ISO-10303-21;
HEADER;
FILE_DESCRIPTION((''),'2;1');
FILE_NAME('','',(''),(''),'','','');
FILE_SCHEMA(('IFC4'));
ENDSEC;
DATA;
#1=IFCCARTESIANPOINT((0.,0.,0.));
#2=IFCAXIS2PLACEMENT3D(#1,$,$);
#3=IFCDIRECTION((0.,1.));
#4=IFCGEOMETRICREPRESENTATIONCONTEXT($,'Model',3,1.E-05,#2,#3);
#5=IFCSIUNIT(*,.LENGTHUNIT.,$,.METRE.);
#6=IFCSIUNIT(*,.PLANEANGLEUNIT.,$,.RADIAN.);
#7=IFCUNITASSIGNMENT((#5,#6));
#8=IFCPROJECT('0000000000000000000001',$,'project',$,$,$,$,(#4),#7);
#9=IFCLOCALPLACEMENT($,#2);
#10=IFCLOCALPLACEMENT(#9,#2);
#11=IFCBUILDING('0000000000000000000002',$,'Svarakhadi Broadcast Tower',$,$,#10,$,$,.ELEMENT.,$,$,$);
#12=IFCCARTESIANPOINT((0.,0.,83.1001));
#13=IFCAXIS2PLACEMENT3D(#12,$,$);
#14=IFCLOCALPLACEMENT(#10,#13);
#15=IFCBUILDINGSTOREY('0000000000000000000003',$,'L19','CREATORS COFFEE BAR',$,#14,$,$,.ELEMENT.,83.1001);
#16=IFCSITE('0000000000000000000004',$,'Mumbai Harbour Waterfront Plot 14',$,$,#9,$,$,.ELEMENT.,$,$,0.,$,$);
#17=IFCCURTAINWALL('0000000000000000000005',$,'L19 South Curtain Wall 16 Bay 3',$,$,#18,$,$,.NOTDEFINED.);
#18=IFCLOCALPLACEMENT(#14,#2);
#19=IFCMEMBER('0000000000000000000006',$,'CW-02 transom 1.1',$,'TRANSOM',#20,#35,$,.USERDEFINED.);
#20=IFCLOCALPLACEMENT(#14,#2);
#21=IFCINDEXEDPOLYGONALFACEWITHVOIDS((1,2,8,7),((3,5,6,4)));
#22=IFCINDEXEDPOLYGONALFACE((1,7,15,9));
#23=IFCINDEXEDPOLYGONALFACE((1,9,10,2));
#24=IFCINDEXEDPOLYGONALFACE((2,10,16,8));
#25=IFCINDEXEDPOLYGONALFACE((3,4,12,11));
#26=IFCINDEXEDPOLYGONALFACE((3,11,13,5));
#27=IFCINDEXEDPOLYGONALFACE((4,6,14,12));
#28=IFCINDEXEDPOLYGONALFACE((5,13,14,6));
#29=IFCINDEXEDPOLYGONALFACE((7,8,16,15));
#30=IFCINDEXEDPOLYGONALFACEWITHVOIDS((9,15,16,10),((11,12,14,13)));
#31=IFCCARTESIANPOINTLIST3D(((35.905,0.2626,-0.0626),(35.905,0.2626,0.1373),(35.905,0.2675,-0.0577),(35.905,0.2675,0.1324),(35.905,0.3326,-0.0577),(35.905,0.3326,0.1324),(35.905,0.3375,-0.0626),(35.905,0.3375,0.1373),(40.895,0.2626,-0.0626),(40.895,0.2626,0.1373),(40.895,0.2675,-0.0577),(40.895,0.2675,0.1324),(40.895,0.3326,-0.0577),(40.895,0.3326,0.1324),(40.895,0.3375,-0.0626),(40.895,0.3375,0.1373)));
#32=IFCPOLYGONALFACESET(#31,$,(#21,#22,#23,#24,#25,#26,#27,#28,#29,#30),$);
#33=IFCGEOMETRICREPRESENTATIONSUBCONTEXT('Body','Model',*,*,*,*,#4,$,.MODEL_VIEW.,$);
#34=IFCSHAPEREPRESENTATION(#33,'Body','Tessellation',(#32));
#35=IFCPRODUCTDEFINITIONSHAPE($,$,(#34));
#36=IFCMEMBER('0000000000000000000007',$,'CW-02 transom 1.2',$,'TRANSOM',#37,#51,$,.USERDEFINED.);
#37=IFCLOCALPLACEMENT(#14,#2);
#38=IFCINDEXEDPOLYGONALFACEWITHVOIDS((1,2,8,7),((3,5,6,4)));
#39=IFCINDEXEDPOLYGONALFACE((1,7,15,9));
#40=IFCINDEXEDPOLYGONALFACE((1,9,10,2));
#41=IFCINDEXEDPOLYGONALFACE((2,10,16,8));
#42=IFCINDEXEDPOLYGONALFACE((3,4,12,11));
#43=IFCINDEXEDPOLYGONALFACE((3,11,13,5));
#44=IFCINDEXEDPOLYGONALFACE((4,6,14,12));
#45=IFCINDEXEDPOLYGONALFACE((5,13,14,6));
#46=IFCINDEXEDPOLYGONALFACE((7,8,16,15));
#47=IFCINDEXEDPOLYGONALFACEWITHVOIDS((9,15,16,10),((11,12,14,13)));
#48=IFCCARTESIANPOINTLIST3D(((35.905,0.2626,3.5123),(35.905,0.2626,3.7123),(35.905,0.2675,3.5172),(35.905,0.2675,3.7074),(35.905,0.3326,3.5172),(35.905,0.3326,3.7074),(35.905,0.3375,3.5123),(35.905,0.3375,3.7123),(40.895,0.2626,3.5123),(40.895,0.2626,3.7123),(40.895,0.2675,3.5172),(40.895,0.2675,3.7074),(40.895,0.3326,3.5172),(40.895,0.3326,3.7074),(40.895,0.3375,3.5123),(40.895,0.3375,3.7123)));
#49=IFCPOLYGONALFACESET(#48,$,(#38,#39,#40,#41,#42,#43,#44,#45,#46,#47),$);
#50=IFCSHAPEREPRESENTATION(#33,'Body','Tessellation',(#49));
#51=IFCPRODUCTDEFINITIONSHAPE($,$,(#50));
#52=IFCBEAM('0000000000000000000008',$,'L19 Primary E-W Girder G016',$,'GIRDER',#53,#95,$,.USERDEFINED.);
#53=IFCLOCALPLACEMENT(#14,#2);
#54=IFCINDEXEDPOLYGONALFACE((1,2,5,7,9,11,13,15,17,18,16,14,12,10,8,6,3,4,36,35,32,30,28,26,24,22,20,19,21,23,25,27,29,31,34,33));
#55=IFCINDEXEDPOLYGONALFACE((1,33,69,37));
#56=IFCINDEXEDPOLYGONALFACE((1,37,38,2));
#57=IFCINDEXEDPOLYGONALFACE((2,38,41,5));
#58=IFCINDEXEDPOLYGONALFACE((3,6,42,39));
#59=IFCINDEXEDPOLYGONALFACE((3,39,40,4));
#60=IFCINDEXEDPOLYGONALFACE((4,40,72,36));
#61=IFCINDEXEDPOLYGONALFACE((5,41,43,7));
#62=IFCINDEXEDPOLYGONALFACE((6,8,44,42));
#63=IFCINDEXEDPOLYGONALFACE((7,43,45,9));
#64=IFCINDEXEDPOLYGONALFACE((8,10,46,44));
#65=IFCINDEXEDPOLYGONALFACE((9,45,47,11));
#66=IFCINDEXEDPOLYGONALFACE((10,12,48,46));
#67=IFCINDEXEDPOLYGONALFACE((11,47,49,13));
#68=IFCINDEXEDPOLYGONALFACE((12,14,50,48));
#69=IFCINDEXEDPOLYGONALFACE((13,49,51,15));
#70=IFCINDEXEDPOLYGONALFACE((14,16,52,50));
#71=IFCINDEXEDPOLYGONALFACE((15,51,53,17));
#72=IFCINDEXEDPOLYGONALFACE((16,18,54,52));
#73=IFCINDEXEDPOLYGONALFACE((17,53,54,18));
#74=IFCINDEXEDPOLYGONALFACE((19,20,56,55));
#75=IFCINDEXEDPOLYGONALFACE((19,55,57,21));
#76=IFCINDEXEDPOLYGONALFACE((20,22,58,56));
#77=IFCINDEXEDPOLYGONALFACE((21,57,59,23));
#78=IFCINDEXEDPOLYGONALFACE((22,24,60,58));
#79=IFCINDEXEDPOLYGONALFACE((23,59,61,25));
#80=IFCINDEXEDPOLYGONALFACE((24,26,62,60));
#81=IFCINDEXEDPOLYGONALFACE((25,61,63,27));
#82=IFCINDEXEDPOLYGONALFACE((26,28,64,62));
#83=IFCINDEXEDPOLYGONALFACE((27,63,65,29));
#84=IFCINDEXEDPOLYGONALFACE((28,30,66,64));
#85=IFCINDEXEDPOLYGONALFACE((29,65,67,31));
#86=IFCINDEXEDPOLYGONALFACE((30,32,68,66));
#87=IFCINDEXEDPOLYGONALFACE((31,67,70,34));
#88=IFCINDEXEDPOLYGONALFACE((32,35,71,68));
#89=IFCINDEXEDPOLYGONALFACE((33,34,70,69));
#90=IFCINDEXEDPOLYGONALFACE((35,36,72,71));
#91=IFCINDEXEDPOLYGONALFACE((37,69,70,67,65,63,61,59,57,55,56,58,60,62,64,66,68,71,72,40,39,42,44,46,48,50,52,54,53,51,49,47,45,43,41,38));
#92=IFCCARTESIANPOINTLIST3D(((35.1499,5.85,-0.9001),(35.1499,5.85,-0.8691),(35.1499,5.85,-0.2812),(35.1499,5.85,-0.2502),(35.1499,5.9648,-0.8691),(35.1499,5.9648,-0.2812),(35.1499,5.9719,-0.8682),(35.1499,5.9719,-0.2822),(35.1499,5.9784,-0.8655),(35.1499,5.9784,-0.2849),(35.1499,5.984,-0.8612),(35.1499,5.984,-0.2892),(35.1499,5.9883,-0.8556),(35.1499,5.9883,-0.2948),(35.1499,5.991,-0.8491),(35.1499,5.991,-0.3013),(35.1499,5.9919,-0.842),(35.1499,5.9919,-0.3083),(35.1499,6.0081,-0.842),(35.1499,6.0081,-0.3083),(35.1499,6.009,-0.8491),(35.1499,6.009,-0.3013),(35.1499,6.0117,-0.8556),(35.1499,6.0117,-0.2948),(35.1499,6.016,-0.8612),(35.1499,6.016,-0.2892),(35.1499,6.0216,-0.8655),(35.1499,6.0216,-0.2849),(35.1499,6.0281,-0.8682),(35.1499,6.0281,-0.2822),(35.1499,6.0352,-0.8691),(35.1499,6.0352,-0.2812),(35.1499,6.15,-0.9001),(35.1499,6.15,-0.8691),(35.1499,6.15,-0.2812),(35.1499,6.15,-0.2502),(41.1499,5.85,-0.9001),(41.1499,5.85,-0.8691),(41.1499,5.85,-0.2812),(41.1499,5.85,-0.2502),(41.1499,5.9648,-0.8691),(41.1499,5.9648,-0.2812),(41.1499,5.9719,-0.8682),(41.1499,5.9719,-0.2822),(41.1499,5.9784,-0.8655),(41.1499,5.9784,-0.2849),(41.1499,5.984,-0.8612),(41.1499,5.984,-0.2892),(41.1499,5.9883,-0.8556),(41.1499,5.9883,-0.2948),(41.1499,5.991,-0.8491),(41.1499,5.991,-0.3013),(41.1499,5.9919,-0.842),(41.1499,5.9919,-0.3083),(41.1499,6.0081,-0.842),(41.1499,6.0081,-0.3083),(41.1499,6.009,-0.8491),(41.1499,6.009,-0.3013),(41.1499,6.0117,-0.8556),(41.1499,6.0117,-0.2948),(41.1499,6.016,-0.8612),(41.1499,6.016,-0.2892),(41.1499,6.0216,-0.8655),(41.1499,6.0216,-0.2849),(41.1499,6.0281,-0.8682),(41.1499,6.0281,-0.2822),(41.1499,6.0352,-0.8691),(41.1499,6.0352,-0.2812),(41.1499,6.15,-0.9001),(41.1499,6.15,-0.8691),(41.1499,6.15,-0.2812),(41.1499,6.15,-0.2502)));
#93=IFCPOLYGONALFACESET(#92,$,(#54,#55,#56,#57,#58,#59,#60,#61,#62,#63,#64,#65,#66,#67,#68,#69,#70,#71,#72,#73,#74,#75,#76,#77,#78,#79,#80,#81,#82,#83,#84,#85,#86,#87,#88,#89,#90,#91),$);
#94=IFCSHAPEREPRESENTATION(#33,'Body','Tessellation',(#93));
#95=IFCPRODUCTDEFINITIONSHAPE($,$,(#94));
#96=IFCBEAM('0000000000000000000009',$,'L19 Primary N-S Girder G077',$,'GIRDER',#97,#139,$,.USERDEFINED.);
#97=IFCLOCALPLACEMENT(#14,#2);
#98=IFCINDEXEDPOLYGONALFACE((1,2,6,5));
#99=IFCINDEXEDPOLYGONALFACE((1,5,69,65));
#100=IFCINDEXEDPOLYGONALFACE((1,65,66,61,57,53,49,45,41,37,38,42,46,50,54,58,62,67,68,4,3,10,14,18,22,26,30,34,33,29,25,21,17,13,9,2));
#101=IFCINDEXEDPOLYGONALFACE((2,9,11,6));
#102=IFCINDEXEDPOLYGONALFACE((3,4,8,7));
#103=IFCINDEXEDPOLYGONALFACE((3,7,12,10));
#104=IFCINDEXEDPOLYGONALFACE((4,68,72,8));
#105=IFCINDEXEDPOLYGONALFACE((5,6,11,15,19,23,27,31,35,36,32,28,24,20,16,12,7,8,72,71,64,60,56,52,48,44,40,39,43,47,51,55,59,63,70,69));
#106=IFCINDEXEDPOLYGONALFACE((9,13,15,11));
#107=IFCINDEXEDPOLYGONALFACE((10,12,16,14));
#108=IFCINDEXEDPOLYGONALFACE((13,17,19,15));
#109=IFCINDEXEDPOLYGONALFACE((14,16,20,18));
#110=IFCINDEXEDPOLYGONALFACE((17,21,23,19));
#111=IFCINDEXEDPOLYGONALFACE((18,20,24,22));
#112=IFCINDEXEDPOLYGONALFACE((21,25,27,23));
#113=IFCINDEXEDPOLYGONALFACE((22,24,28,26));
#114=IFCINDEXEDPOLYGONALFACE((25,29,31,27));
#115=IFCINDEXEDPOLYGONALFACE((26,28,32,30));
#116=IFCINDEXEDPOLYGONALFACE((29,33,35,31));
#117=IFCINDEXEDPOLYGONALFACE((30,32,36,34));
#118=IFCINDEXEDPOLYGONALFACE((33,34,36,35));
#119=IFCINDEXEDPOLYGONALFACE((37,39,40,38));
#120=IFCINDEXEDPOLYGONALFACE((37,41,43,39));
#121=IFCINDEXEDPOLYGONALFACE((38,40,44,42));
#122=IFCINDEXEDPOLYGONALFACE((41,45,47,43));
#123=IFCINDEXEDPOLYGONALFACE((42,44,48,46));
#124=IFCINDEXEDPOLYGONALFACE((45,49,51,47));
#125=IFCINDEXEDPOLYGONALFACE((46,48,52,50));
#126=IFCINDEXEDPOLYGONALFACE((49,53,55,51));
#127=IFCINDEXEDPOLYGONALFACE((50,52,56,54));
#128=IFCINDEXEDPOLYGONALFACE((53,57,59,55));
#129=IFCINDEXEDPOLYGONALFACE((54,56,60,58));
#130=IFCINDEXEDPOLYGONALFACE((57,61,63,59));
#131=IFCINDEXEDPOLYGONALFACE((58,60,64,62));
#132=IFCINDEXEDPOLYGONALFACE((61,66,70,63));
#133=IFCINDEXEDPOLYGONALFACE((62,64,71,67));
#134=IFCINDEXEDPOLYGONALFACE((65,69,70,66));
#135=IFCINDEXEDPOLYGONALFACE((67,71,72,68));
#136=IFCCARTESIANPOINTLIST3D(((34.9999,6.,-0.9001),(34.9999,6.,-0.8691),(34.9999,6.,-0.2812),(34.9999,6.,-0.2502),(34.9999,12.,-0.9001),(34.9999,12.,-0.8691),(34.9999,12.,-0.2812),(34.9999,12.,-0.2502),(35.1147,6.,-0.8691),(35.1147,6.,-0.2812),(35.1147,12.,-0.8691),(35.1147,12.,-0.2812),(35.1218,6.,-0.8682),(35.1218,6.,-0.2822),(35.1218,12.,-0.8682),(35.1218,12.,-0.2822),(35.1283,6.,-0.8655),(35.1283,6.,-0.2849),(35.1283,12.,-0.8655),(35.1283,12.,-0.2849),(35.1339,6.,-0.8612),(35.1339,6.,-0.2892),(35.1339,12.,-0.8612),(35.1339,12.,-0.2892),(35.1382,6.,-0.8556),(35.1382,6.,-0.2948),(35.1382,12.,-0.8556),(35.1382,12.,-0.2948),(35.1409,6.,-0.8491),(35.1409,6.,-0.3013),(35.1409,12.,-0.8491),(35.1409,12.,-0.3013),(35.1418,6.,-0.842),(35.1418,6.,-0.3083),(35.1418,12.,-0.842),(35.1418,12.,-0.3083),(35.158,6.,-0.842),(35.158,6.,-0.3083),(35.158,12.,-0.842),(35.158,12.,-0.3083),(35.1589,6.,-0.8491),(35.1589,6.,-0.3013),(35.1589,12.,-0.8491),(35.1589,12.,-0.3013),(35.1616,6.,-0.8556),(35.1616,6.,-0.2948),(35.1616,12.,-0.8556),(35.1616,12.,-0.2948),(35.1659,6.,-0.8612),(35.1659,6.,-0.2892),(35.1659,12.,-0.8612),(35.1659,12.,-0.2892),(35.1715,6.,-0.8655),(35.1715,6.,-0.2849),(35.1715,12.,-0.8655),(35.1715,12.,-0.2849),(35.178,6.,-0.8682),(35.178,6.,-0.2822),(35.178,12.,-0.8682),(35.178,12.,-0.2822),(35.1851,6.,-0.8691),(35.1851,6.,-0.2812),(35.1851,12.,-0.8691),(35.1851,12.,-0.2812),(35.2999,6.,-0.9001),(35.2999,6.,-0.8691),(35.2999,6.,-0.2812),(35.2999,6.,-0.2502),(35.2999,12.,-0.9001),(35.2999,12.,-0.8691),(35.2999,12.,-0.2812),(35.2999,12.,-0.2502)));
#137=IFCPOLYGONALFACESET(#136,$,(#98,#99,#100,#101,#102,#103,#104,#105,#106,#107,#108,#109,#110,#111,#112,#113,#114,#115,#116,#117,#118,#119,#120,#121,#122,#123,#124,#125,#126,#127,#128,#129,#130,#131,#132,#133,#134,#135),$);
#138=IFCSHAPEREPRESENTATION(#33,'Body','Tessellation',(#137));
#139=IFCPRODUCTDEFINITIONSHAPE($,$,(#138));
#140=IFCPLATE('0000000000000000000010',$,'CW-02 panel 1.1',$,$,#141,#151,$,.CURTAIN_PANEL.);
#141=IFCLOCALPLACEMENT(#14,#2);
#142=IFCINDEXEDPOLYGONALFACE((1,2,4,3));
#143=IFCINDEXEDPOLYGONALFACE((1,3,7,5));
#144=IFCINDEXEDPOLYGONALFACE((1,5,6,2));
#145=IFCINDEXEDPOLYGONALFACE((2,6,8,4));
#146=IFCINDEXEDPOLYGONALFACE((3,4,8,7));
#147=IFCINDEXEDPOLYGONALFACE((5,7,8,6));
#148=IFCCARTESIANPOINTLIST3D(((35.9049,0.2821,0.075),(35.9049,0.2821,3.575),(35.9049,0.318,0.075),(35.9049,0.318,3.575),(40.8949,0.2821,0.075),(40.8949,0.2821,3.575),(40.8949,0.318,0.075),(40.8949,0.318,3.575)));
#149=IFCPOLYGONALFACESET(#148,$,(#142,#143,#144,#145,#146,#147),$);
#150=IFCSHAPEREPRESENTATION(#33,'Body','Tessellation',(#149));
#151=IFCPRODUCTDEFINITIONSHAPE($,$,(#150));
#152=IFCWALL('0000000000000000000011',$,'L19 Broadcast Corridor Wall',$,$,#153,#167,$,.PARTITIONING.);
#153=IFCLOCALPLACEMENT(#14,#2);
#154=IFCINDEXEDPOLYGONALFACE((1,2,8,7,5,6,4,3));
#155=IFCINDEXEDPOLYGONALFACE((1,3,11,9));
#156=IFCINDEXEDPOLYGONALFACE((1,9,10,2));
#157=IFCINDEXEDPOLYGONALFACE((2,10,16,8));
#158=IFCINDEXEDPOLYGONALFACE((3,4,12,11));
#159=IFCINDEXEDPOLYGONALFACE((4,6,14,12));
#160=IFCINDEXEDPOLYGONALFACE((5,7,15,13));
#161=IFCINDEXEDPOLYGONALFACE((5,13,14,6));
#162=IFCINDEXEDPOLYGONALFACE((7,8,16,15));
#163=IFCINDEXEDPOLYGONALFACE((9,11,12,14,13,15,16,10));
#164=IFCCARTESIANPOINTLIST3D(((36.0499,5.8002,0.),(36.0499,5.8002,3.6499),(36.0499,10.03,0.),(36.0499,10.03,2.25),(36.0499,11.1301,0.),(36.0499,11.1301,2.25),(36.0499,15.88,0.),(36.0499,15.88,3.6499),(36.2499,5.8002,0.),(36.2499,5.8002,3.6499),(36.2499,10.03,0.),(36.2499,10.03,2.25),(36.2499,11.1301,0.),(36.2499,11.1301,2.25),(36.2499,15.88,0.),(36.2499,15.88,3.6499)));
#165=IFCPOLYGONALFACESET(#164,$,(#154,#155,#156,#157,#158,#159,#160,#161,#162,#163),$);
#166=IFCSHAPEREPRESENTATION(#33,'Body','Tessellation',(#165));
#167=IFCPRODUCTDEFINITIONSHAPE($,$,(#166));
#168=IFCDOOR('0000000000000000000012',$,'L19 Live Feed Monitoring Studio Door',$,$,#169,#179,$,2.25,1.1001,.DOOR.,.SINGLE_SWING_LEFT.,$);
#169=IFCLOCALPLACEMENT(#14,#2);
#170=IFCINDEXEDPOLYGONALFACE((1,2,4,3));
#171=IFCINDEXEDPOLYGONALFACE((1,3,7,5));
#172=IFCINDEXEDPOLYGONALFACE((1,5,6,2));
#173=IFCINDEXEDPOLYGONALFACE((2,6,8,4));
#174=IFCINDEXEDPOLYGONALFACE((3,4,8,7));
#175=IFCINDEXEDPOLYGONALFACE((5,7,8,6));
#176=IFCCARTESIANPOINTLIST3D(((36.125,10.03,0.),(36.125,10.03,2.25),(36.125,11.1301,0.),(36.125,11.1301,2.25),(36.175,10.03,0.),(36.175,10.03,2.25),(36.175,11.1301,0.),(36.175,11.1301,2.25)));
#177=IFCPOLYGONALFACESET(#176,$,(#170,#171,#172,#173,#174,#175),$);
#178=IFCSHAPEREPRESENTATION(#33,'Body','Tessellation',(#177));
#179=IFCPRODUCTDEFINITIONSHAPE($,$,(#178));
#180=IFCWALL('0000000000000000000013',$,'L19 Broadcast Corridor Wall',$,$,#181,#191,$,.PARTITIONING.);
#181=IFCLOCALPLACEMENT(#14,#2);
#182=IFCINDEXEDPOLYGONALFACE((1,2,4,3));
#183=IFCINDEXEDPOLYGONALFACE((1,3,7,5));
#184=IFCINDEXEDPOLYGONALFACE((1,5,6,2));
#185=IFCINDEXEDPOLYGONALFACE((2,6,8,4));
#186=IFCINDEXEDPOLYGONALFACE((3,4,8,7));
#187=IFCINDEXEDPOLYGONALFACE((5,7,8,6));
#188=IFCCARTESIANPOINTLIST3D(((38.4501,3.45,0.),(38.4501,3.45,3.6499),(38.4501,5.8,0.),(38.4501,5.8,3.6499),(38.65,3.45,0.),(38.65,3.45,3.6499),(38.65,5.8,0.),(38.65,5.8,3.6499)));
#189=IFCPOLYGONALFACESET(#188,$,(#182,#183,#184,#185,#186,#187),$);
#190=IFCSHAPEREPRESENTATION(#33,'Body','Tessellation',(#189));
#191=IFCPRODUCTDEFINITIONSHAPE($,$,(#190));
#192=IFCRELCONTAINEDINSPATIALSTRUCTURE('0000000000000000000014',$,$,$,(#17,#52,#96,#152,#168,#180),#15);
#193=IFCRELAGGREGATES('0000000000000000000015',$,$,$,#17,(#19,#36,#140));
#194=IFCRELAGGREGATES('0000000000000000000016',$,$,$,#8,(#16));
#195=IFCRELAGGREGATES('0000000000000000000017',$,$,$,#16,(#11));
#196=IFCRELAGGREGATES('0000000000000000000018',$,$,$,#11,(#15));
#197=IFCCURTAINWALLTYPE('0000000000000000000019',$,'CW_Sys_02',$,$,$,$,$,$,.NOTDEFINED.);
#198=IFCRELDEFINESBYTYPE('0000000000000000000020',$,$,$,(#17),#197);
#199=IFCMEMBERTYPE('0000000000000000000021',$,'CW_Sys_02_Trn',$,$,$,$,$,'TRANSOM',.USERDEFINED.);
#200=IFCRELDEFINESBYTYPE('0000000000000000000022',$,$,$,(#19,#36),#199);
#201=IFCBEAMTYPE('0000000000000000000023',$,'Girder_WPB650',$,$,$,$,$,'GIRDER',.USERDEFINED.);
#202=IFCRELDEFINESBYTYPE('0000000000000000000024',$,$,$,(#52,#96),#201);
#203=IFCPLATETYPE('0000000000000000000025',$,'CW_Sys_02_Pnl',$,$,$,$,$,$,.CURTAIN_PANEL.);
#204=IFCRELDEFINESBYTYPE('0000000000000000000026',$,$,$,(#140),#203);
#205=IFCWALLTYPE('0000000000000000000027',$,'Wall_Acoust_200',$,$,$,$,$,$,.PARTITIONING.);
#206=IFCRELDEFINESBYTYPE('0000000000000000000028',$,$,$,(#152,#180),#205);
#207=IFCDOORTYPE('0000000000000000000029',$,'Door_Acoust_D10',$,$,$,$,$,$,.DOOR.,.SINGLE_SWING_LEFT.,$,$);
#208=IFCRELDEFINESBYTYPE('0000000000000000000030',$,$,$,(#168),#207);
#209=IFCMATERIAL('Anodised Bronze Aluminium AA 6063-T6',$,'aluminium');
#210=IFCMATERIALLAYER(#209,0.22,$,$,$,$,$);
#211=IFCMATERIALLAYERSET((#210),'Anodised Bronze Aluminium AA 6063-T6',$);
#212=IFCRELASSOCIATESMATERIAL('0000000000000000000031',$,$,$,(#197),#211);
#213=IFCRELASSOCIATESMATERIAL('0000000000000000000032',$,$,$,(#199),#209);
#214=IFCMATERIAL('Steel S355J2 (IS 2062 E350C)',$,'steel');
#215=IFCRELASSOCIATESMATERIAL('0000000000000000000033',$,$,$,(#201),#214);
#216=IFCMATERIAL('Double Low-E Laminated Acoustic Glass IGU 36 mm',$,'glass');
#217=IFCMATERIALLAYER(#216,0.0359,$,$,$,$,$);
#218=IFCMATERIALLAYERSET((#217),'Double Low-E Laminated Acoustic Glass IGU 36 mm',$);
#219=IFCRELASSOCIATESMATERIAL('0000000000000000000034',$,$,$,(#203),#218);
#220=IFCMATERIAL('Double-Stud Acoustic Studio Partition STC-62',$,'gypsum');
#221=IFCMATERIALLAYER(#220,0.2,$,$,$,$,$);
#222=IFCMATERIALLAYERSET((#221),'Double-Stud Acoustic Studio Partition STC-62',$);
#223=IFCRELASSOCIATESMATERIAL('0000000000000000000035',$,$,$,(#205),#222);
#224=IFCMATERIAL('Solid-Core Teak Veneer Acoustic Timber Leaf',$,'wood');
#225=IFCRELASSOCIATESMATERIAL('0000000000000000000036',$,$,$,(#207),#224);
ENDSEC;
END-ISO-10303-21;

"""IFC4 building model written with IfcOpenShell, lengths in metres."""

from ifc_helpers import new_model, si_unit, direction, frame, frame_2d, origin, origin_2d, place, context, subcontext, project, spatial, rectangle, hollow_rectangle, i_section, extrude, material, layer, layer_set, material_profile, profile_set, type_object, element, fill, aggregate, save


model = new_model("IFC4")

# Units and contexts
model_context = context("Model", 3, precision=1e-05, world=origin(), true_north=direction((0.0, 1.0)))
body_context = subcontext(model_context, "Body", "Model", "MODEL_VIEW")
ifc_project = project(units=[si_unit("LENGTHUNIT", "METRE"), si_unit("PLANEANGLEUNIT", "RADIAN")], contexts=[model_context])

# Site, building, storey
site_placement = place(None, origin())
site = spatial("IfcSite", under=ifc_project, at=site_placement, Name="Mumbai Harbour Waterfront Plot 14", CompositionType="ELEMENT", RefElevation=0.0)
building_placement = place(site_placement, origin())
building = spatial("IfcBuilding", under=site, at=building_placement, Name="Svarakhadi Broadcast Tower", CompositionType="ELEMENT")
storey_placement = place(building_placement, frame((0.0, 0.0, 83.1001)))
storey = spatial("IfcBuildingStorey", under=building, at=storey_placement, Name="L19", Description="CREATORS COFFEE BAR", CompositionType="ELEMENT", Elevation=83.1001)

# Shared definitions
ifc_material_1 = material(Name="Steel S355J2 (IS 2062 E350C)", Category="steel")

# Curtain wall, members
ifc_material_2 = material(Name="Anodised Bronze Aluminium AA 6063-T6", Category="aluminium")
ifc_layer_1 = layer(ifc_material_2, 0.22)
ifc_layer_set_1 = layer_set([ifc_layer_1], Name="Anodised Bronze Aluminium AA 6063-T6")
curtain_wall_type = type_object("IfcCurtainWallType", Name="CW_Sys_02", PredefinedType="NOTDEFINED", material=ifc_layer_set_1)
curtain_wall_placement = place(storey_placement, origin())
curtain_wall = element("IfcCurtainWall", 1, at=curtain_wall_placement, inside=storey, type_object=curtain_wall_type, Name="L19 South Curtain Wall 16 Bay 3", PredefinedType="NOTDEFINED")
ifc_material_profile_1 = material_profile(ifc_material_2, hollow_rectangle(XDim=0.075, YDim=0.2, WallThickness=0.0049, at=origin_2d()), Name="ALU TRANSOM 200x75x5")
ifc_profile_set_1 = profile_set([ifc_material_profile_1], Name="Anodised Bronze Aluminium AA 6063-T6")
member_type_1 = type_object("IfcMemberType", Name="CW_Sys_02_Trn", ElementType="TRANSOM", PredefinedType="USERDEFINED", material=ifc_profile_set_1)
member_1_placement = place(storey_placement, frame((40.895, 0.3, 0.0374), z_axis=(-1.0, 0.0, 0.0), x_axis=(0.0, -1.0, 0.0)))
member_1 = element("IfcMember", 2, at=member_1_placement, type_object=member_type_1, Name="CW-02 transom 1.1", ObjectType="TRANSOM", PredefinedType="USERDEFINED", context=body_context, shape_type="SweptSolid", body=[
    extrude(hollow_rectangle(XDim=0.075, YDim=0.2, WallThickness=0.0049, at=origin_2d()), origin(), (0.0, 0.0, 1.0), 4.99),
])
member_2_placement = place(storey_placement, frame((40.895, 0.3, 3.6123), z_axis=(-1.0, 0.0, 0.0), x_axis=(0.0, -1.0, 0.0)))
member_2 = element("IfcMember", 3, at=member_2_placement, type_object=member_type_1, Name="CW-02 transom 1.2", ObjectType="TRANSOM", PredefinedType="USERDEFINED", context=body_context, shape_type="SweptSolid", body=[
    extrude(hollow_rectangle(XDim=0.075, YDim=0.2, WallThickness=0.0049, at=origin_2d()), origin(), (0.0, 0.0, 1.0), 4.99),
])

# Beams
ifc_material_profile_2 = material_profile(ifc_material_1, i_section(OverallWidth=0.3, OverallDepth=0.6499, WebThickness=0.0161, FlangeThickness=0.031, FilletRadius=0.0271, at=origin_2d()), Name="WPB 650x300x225")
ifc_profile_set_2 = profile_set([ifc_material_profile_2], Name="Steel S355J2 (IS 2062 E350C)")
beam_type_1 = type_object("IfcBeamType", Name="Girder_WPB650", ElementType="GIRDER", PredefinedType="USERDEFINED", material=ifc_profile_set_2)
for number, where, z_axis, x_axis, name in (
    (4, (35.1499, 6.0, -0.5752), (1.0, 0.0, 0.0), (0.0, 1.0, 0.0), "L19 Primary E-W Girder G016"),
    (5, (35.1499, 6.0, -0.5752), (0.0, 1.0, 0.0), (-1.0, 0.0, 0.0), "L19 Primary N-S Girder G077"),
):
    element("IfcBeam", number, at=place(storey_placement, frame(where, z_axis=z_axis, x_axis=x_axis)), inside=storey, type_object=beam_type_1, Name=name, ObjectType="GIRDER", PredefinedType="USERDEFINED", context=body_context, shape_type="SweptSolid", body=[
        extrude(i_section(OverallWidth=0.3, OverallDepth=0.6499, WebThickness=0.0161, FlangeThickness=0.031, FilletRadius=0.0271, at=origin_2d()), origin(), (0.0, 0.0, 1.0), 6.0),
    ])

# Plate
ifc_material_3 = material(Name="Double Low-E Laminated Acoustic Glass IGU 36 mm", Category="glass")
ifc_layer_2 = layer(ifc_material_3, 0.0359)
ifc_layer_set_2 = layer_set([ifc_layer_2], Name="Double Low-E Laminated Acoustic Glass IGU 36 mm")
plate_type = type_object("IfcPlateType", Name="CW_Sys_02_Pnl", PredefinedType="CURTAIN_PANEL", material=ifc_layer_set_2)
plate_placement = place(storey_placement, frame((38.3999, 0.3, 0.075), z_axis=(0.0, 0.0, 1.0), x_axis=(-1.0, 0.0, 0.0)))
plate = element("IfcPlate", 6, at=plate_placement, type_object=plate_type, Name="CW-02 panel 1.1", PredefinedType="CURTAIN_PANEL", context=body_context, shape_type="SweptSolid", body=[
    extrude(rectangle(XDim=4.99, YDim=0.0359, at=origin_2d()), origin(), (0.0, 0.0, 1.0), 3.5),
])
aggregate(curtain_wall, [member_1, member_2, plate])

# Wall, opening, door
ifc_material_4 = material(Name="Double-Stud Acoustic Studio Partition STC-62", Category="gypsum")
ifc_layer_3 = layer(ifc_material_4, 0.2)
ifc_layer_set_3 = layer_set([ifc_layer_3], Name="Double-Stud Acoustic Studio Partition STC-62")
wall_type_1 = type_object("IfcWallType", Name="Wall_Acoust_200", PredefinedType="PARTITIONING", material=ifc_layer_set_3)
wall_1_placement = place(storey_placement, frame((36.1499, 5.8, 0.0), z_axis=(0.0, 0.0, 1.0), x_axis=(0.0, 1.0, 0.0)))
wall_1 = element("IfcWall", 7, at=wall_1_placement, inside=storey, type_object=wall_type_1, Name="L19 Broadcast Corridor Wall", PredefinedType="PARTITIONING", context=body_context, shape_type="SweptSolid", body=[
    extrude(rectangle(XDim=10.0798, YDim=0.2, at=frame_2d((5.04, 0.0))), origin(), (0.0, 0.0, 1.0), 3.6499),
])
opening_1_placement = place(wall_1_placement, frame((4.23, 0.0, 0.0)))
opening_1 = element("IfcOpeningElement", 8, at=opening_1_placement, cuts=wall_1, PredefinedType="OPENING", context=body_context, shape_type="SweptSolid", body=[
    extrude(rectangle(XDim=1.1001, YDim=2.25, at=frame_2d((0.55, 1.125))), frame((0.0, 0.1099, 0.0), z_axis=(0.0, -1.0, 0.0), x_axis=(1.0, 0.0, 0.0)), (0.0, 0.0, 1.0), 0.22),
])
ifc_material_5 = material(Name="Solid-Core Teak Veneer Acoustic Timber Leaf", Category="wood")
door_type_1 = type_object("IfcDoorType", Name="Door_Acoust_D10", OperationType="SINGLE_SWING_LEFT", PredefinedType="DOOR", material=ifc_material_5)
door_1_placement = place(opening_1_placement, origin())
door_1 = element("IfcDoor", 9, at=door_1_placement, inside=storey, type_object=door_type_1, Name="L19 Live Feed Monitoring Studio Door", OperationType="SINGLE_SWING_LEFT", OverallHeight=2.25, OverallWidth=1.1001, PredefinedType="DOOR", context=body_context, shape_type="SweptSolid", body=[
    extrude(rectangle(XDim=1.1001, YDim=2.25, at=frame_2d((0.55, 1.125))), frame((0.0, 0.0249, 0.0), z_axis=(0.0, -1.0, 0.0), x_axis=(1.0, 0.0, 0.0)), (0.0, 0.0, 1.0), 0.05),
])
fill(opening_1, door_1)

# Wall
wall_2_placement = place(storey_placement, frame((38.55, 5.8, 0.0), z_axis=(0.0, 0.0, 1.0), x_axis=(0.0, -1.0, 0.0)))
element("IfcWall", 10, at=wall_2_placement, inside=storey, type_object=wall_type_1, Name="L19 Broadcast Corridor Wall", PredefinedType="PARTITIONING", context=body_context, shape_type="SweptSolid", body=[
    extrude(rectangle(XDim=2.3501, YDim=0.2, at=frame_2d((1.175, 0.0))), origin(), (0.0, 0.0, 1.0), 3.6499),
])

save(model, "model.ifc")
